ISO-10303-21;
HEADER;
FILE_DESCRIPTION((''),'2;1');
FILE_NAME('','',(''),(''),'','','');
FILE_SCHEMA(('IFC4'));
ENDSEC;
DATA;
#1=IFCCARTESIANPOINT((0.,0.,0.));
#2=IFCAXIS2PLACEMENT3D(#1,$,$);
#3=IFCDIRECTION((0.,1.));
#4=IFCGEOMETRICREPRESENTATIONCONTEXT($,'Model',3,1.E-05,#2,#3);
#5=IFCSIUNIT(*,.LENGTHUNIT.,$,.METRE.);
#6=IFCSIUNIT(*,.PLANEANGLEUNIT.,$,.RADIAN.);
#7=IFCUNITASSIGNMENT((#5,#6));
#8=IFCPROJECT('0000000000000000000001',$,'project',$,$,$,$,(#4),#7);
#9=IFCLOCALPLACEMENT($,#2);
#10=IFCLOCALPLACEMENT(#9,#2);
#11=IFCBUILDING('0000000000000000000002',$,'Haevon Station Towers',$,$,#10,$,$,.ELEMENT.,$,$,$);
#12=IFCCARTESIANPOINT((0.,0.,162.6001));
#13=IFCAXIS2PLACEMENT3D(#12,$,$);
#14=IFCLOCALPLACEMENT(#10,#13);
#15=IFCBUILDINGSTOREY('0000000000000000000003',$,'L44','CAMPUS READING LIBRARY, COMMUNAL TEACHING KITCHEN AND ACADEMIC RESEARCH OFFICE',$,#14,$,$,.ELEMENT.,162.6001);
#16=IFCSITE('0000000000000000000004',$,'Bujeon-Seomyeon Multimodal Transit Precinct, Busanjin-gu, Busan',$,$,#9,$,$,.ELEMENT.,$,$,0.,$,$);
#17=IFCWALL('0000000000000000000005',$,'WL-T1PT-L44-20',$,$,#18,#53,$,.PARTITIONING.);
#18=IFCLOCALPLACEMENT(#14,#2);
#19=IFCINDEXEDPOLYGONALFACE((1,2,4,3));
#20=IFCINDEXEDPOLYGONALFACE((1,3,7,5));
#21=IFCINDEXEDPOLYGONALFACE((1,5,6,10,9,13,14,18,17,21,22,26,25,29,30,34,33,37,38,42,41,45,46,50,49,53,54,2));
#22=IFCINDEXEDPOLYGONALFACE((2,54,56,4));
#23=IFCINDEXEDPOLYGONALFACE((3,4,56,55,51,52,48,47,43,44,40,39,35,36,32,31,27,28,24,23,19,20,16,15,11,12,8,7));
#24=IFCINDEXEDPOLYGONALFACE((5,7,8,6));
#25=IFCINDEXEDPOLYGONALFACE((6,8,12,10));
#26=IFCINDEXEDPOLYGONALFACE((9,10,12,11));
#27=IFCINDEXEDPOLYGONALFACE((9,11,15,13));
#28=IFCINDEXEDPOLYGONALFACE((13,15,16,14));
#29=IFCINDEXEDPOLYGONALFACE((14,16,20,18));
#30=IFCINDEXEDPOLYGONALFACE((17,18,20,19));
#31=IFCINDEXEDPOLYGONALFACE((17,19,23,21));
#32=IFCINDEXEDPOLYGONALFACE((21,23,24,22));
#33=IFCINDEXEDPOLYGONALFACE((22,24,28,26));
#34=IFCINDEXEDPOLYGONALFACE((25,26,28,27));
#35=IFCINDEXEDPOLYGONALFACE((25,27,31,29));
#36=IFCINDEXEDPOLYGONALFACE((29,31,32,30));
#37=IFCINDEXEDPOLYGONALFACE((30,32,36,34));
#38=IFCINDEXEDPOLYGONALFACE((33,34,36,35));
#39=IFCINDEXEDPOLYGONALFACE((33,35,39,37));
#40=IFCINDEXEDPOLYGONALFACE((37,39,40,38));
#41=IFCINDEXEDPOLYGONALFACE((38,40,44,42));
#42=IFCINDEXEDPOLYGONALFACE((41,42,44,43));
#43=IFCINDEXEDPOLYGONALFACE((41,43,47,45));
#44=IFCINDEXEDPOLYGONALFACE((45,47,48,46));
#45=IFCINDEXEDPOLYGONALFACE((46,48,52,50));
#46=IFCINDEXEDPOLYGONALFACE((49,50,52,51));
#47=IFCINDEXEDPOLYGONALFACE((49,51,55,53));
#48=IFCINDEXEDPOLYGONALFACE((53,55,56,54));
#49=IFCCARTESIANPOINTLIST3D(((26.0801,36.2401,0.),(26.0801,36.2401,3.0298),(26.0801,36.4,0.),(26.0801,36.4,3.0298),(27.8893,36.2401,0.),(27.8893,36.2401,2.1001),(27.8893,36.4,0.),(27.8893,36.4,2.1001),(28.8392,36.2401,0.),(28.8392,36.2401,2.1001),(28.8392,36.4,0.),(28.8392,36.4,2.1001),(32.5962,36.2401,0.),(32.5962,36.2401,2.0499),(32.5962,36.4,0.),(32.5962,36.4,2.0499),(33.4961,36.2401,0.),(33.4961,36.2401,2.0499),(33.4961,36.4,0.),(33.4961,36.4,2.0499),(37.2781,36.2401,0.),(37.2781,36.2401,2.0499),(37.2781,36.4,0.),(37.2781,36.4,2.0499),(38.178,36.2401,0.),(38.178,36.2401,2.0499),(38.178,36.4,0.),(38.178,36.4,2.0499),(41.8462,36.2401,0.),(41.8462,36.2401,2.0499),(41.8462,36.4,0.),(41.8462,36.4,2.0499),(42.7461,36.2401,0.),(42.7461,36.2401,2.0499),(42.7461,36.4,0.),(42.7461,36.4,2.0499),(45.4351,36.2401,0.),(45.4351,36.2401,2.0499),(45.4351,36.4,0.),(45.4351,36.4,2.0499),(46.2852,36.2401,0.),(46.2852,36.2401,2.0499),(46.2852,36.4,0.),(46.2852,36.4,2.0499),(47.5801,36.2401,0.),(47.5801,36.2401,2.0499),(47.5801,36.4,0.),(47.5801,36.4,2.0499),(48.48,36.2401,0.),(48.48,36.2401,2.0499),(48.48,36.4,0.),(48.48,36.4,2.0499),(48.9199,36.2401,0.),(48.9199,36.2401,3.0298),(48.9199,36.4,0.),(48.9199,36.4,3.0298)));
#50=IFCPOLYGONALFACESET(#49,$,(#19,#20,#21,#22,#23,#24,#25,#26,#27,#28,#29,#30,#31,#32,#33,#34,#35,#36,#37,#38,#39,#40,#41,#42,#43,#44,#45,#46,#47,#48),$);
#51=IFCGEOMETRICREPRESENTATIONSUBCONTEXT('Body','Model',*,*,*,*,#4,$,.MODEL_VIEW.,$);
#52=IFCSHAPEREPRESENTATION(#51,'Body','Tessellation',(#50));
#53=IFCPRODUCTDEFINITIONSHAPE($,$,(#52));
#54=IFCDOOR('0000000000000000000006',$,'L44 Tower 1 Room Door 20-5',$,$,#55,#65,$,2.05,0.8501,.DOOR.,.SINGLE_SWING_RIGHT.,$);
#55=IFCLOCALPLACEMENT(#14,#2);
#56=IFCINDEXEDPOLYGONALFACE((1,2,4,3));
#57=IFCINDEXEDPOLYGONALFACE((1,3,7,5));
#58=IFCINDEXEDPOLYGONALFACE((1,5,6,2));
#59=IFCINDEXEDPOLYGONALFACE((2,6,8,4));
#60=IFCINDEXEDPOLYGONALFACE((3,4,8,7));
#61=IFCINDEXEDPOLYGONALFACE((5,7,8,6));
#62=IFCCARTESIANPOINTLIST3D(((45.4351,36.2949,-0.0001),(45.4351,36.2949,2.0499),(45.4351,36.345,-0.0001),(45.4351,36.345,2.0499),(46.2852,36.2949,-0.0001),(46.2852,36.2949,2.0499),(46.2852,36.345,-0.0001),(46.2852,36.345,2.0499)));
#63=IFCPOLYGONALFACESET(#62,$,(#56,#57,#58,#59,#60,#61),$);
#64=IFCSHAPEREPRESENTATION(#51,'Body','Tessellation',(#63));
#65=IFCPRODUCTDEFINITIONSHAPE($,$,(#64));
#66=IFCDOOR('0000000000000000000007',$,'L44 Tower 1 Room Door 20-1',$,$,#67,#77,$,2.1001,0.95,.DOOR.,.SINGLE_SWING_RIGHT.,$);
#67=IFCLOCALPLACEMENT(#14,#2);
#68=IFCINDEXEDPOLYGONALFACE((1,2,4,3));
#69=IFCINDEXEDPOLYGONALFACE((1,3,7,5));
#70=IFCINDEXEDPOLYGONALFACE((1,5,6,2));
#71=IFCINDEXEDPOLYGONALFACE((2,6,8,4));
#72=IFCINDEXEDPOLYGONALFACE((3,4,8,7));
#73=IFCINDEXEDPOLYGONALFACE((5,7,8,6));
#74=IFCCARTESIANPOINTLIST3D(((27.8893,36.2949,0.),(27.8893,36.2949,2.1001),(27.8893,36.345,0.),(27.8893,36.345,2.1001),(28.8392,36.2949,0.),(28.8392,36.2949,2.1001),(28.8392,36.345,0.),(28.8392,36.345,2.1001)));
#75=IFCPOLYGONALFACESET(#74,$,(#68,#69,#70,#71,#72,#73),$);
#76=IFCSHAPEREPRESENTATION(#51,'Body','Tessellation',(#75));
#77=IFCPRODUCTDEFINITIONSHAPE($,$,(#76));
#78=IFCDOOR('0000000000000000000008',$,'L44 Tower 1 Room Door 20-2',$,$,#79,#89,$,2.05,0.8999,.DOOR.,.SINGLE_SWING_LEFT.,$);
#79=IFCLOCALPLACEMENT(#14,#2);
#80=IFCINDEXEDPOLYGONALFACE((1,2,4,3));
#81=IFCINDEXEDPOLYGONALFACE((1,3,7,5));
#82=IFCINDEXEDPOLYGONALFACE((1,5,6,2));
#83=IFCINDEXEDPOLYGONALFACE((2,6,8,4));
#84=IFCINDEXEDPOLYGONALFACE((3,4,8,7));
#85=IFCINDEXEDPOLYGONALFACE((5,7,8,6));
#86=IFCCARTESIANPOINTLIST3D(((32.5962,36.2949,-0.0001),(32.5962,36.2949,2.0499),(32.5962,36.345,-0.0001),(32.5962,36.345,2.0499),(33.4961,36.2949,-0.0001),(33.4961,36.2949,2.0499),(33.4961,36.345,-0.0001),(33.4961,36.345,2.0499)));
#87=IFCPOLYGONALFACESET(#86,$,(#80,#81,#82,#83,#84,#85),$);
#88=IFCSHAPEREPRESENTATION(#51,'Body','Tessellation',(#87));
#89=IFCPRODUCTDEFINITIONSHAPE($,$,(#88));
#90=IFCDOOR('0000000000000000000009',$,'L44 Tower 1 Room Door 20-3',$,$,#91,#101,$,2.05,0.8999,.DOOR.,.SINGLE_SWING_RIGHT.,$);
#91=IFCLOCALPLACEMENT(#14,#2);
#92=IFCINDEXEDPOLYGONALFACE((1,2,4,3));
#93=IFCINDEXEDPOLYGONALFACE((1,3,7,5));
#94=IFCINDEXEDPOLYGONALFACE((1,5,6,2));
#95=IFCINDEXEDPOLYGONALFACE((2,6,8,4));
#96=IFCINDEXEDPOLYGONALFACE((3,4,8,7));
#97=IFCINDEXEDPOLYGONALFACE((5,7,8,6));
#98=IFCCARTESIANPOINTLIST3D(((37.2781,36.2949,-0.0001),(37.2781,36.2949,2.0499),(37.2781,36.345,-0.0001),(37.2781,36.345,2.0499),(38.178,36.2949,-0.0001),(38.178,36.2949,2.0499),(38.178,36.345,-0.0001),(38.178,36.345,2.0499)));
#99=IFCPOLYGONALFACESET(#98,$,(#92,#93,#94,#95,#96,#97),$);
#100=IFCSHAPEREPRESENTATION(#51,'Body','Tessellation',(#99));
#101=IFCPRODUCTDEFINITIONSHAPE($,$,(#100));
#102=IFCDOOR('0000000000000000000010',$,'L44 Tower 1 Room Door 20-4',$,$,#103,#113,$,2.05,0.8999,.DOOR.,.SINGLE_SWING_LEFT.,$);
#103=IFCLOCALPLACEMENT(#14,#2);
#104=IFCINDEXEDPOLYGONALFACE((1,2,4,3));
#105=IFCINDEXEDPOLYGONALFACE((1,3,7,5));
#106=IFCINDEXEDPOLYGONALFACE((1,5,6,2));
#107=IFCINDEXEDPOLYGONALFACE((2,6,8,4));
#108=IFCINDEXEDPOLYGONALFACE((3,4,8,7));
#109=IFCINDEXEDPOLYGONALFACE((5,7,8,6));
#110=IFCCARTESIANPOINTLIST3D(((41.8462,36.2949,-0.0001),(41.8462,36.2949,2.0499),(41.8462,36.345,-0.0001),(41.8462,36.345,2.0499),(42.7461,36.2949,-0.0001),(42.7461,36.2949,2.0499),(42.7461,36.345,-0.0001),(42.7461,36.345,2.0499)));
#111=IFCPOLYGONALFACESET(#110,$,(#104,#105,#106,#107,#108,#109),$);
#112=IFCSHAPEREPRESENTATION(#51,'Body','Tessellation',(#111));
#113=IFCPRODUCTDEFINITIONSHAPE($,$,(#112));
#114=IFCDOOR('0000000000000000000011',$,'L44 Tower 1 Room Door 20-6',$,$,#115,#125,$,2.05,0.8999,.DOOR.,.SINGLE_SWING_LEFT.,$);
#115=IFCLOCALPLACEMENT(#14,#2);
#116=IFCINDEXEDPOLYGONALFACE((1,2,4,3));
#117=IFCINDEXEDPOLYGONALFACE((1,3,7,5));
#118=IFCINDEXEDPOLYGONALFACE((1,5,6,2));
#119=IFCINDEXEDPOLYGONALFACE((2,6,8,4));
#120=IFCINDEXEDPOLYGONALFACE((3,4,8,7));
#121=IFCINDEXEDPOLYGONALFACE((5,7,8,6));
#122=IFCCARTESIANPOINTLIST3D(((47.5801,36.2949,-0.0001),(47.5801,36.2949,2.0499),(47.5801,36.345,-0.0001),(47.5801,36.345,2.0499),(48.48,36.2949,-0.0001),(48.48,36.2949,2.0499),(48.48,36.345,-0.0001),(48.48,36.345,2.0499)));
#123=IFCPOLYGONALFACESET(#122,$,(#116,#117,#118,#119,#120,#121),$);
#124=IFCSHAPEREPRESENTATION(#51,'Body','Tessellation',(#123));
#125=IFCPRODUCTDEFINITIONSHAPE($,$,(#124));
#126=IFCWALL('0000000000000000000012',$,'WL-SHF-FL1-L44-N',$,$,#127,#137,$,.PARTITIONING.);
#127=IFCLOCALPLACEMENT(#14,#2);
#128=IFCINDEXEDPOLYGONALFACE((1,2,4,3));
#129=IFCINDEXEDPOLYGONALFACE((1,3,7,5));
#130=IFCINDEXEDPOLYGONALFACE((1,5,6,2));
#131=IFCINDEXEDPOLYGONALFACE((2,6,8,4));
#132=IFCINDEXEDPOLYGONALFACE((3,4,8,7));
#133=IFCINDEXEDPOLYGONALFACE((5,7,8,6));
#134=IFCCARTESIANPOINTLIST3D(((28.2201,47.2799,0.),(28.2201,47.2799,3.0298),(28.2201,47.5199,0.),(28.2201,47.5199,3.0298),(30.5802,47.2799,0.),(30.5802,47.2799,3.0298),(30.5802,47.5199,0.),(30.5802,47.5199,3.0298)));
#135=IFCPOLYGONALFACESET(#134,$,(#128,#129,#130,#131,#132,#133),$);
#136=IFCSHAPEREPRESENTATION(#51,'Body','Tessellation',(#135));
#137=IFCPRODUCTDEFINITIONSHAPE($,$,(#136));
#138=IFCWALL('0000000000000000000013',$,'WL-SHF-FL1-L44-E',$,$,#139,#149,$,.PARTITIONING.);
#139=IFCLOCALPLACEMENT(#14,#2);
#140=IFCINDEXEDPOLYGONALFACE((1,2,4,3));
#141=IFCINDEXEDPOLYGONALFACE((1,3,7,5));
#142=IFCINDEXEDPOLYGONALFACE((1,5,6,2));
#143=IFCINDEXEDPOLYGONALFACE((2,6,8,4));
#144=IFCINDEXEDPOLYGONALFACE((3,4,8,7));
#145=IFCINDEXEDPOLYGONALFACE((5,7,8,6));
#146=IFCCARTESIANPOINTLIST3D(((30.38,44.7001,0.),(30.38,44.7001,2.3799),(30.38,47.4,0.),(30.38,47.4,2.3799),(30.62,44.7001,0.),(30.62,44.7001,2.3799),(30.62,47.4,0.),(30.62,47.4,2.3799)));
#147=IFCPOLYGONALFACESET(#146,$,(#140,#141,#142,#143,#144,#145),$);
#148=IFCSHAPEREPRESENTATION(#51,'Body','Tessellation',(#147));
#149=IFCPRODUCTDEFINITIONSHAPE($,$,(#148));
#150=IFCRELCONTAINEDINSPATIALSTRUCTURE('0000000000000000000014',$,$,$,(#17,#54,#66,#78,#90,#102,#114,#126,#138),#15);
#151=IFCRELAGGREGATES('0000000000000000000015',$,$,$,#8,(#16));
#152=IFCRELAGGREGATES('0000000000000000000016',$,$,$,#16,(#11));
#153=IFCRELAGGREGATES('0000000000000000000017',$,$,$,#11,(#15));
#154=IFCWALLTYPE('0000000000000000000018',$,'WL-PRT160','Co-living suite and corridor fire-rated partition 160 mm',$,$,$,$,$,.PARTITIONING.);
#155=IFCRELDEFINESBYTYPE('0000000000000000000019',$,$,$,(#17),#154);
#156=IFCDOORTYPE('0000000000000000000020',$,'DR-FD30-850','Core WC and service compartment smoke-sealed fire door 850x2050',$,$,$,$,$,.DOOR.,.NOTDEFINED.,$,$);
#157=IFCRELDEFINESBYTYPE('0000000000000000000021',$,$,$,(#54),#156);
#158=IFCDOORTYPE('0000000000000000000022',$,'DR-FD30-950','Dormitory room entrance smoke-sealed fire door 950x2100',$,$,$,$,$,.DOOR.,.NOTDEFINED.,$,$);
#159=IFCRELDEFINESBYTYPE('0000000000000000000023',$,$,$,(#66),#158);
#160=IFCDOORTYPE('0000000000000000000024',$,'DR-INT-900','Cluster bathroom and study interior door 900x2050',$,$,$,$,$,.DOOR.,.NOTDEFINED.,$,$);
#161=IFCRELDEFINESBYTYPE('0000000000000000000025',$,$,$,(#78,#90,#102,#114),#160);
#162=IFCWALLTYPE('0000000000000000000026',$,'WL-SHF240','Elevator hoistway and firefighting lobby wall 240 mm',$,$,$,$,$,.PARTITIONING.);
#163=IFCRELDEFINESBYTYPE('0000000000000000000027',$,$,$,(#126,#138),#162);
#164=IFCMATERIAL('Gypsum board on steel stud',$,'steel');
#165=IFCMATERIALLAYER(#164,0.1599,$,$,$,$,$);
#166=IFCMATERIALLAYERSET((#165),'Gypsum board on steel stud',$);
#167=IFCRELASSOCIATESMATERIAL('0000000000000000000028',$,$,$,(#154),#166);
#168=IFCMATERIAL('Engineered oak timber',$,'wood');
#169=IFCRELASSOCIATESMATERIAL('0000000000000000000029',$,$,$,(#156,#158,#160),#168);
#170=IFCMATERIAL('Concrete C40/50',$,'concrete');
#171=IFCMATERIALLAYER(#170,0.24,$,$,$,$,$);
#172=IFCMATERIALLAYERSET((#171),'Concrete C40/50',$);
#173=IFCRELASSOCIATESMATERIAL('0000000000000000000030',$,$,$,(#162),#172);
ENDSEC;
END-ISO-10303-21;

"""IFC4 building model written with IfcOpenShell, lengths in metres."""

from ifc_helpers import new_model, si_unit, direction, frame, frame_2d, origin, place, context, subcontext, project, spatial, rectangle, extrude, material, layer, layer_set, type_object, element, fill, save


model = new_model("IFC4")

# Units and contexts
model_context = context("Model", 3, precision=1e-05, world=origin(), true_north=direction((0.0, 1.0)))
body_context = subcontext(model_context, "Body", "Model", "MODEL_VIEW")
ifc_project = project(units=[si_unit("LENGTHUNIT", "METRE"), si_unit("PLANEANGLEUNIT", "RADIAN")], contexts=[model_context])

# Site, building, storey
site_placement = place(None, origin())
site = spatial("IfcSite", under=ifc_project, at=site_placement, Name="Bujeon-Seomyeon Multimodal Transit Precinct, Busanjin-gu, Busan", CompositionType="ELEMENT", RefElevation=0.0)
building_placement = place(site_placement, origin())
building = spatial("IfcBuilding", under=site, at=building_placement, Name="Haevon Station Towers", CompositionType="ELEMENT")
storey_placement = place(building_placement, frame((0.0, 0.0, 162.6001)))
storey = spatial("IfcBuildingStorey", under=building, at=storey_placement, Name="L44", Description="CAMPUS READING LIBRARY, COMMUNAL TEACHING KITCHEN AND ACADEMIC RESEARCH OFFICE", CompositionType="ELEMENT", Elevation=162.6001)

# Shared definitions
ifc_material_1 = material(Name="Gypsum board on steel stud", Category="steel")
ifc_material_2 = material(Name="Engineered oak timber", Category="wood")

# Wall, openings, doors
ifc_layer_1 = layer(ifc_material_1, 0.1599)
ifc_layer_set_1 = layer_set([ifc_layer_1], Name="Gypsum board on steel stud")
wall_type_1 = type_object("IfcWallType", Name="WL-PRT160", Description="Co-living suite and corridor fire-rated partition 160 mm", PredefinedType="PARTITIONING", material=ifc_layer_set_1)
wall_1_placement = place(storey_placement, frame((26.0801, 36.3201, 0.0), z_axis=(0.0, 0.0, 1.0), x_axis=(1.0, 0.0, 0.0)))
wall_1 = element("IfcWall", 1, at=wall_1_placement, inside=storey, type_object=wall_type_1, Name="WL-T1PT-L44-20", PredefinedType="PARTITIONING", context=body_context, shape_type="SweptSolid", body=[
    extrude(rectangle(XDim=22.8398, YDim=0.1599, at=frame_2d((11.4199, 0.0))), origin(), (0.0, 0.0, 1.0), 3.0298),
])
opening_1_placement = place(wall_1_placement, frame((1.8091, 0.0, 0.0)))
opening_1 = element("IfcOpeningElement", 2, at=opening_1_placement, cuts=wall_1, PredefinedType="OPENING", context=body_context, shape_type="SweptSolid", body=[
    extrude(rectangle(XDim=0.95, YDim=2.1001, at=frame_2d((0.4751, 1.05))), frame((0.0, 0.0898, 0.0), z_axis=(0.0, -1.0, 0.0), x_axis=(1.0, 0.0, 0.0)), (0.0, 0.0, 1.0), 0.1799),
])
opening_2_placement = place(wall_1_placement, frame((6.5161, 0.0, 0.0)))
opening_2 = element("IfcOpeningElement", 3, at=opening_2_placement, cuts=wall_1, PredefinedType="OPENING", context=body_context, shape_type="SweptSolid", body=[
    extrude(rectangle(XDim=0.8999, YDim=2.05, at=frame_2d((0.45, 1.0249))), frame((0.0, 0.0898, 0.0), z_axis=(0.0, -1.0, 0.0), x_axis=(1.0, 0.0, 0.0)), (0.0, 0.0, 1.0), 0.1799),
])
opening_3_placement = place(wall_1_placement, frame((11.198, 0.0, 0.0)))
opening_3 = element("IfcOpeningElement", 4, at=opening_3_placement, cuts=wall_1, PredefinedType="OPENING", context=body_context, shape_type="SweptSolid", body=[
    extrude(rectangle(XDim=0.8999, YDim=2.05, at=frame_2d((0.45, 1.0249))), frame((0.0, 0.0898, 0.0), z_axis=(0.0, -1.0, 0.0), x_axis=(1.0, 0.0, 0.0)), (0.0, 0.0, 1.0), 0.1799),
])
opening_4_placement = place(wall_1_placement, frame((15.7661, 0.0, 0.0)))
opening_4 = element("IfcOpeningElement", 5, at=opening_4_placement, cuts=wall_1, PredefinedType="OPENING", context=body_context, shape_type="SweptSolid", body=[
    extrude(rectangle(XDim=0.8999, YDim=2.05, at=frame_2d((0.45, 1.0249))), frame((0.0, 0.0898, 0.0), z_axis=(0.0, -1.0, 0.0), x_axis=(1.0, 0.0, 0.0)), (0.0, 0.0, 1.0), 0.1799),
])
opening_5_placement = place(wall_1_placement, frame((19.355, 0.0, 0.0)))
opening_5 = element("IfcOpeningElement", 6, at=opening_5_placement, cuts=wall_1, PredefinedType="OPENING", context=body_context, shape_type="SweptSolid", body=[
    extrude(rectangle(XDim=0.8501, YDim=2.05, at=frame_2d((0.425, 1.0249))), frame((0.0, 0.0898, 0.0), z_axis=(0.0, -1.0, 0.0), x_axis=(1.0, 0.0, 0.0)), (0.0, 0.0, 1.0), 0.1799),
])
opening_6_placement = place(wall_1_placement, frame((21.5, 0.0, 0.0)))
opening_6 = element("IfcOpeningElement", 7, at=opening_6_placement, cuts=wall_1, PredefinedType="OPENING", context=body_context, shape_type="SweptSolid", body=[
    extrude(rectangle(XDim=0.8999, YDim=2.05, at=frame_2d((0.45, 1.0249))), frame((0.0, 0.0898, 0.0), z_axis=(0.0, -1.0, 0.0), x_axis=(1.0, 0.0, 0.0)), (0.0, 0.0, 1.0), 0.1799),
])
door_type_1 = type_object("IfcDoorType", Name="DR-FD30-850", Description="Core WC and service compartment smoke-sealed fire door 850x2050", OperationType="NOTDEFINED", PredefinedType="DOOR", material=ifc_material_2)
door_1_placement = place(opening_5_placement, origin())
door_1 = element("IfcDoor", 8, at=door_1_placement, inside=storey, type_object=door_type_1, Name="L44 Tower 1 Room Door 20-5", OperationType="SINGLE_SWING_RIGHT", OverallHeight=2.05, OverallWidth=0.8501, PredefinedType="DOOR", context=body_context, shape_type="SweptSolid", body=[
    extrude(rectangle(XDim=0.8501, YDim=2.05, at=frame_2d((0.425, 1.0249))), frame((0.0, 0.0249, 0.0), z_axis=(0.0, -1.0, 0.0), x_axis=(1.0, 0.0, 0.0)), (0.0, 0.0, 1.0), 0.05),
])
fill(opening_5, door_1)
door_type_2 = type_object("IfcDoorType", Name="DR-FD30-950", Description="Dormitory room entrance smoke-sealed fire door 950x2100", OperationType="NOTDEFINED", PredefinedType="DOOR", material=ifc_material_2)
door_2_placement = place(opening_1_placement, origin())
door_2 = element("IfcDoor", 9, at=door_2_placement, inside=storey, type_object=door_type_2, Name="L44 Tower 1 Room Door 20-1", OperationType="SINGLE_SWING_RIGHT", OverallHeight=2.1001, OverallWidth=0.95, PredefinedType="DOOR", context=body_context, shape_type="SweptSolid", body=[
    extrude(rectangle(XDim=0.95, YDim=2.1001, at=frame_2d((0.4751, 1.05))), frame((0.0, 0.0249, 0.0), z_axis=(0.0, -1.0, 0.0), x_axis=(1.0, 0.0, 0.0)), (0.0, 0.0, 1.0), 0.05),
])
fill(opening_1, door_2)
door_type_3 = type_object("IfcDoorType", Name="DR-INT-900", Description="Cluster bathroom and study interior door 900x2050", OperationType="NOTDEFINED", PredefinedType="DOOR", material=ifc_material_2)
door_3_placement = place(opening_2_placement, origin())
door_3 = element("IfcDoor", 10, at=door_3_placement, inside=storey, type_object=door_type_3, Name="L44 Tower 1 Room Door 20-2", OperationType="SINGLE_SWING_LEFT", OverallHeight=2.05, OverallWidth=0.8999, PredefinedType="DOOR", context=body_context, shape_type="SweptSolid", body=[
    extrude(rectangle(XDim=0.8999, YDim=2.05, at=frame_2d((0.45, 1.0249))), frame((0.0, 0.0249, 0.0), z_axis=(0.0, -1.0, 0.0), x_axis=(1.0, 0.0, 0.0)), (0.0, 0.0, 1.0), 0.05),
])
fill(opening_2, door_3)
door_4_placement = place(opening_3_placement, origin())
door_4 = element("IfcDoor", 11, at=door_4_placement, inside=storey, type_object=door_type_3, Name="L44 Tower 1 Room Door 20-3", OperationType="SINGLE_SWING_RIGHT", OverallHeight=2.05, OverallWidth=0.8999, PredefinedType="DOOR", context=body_context, shape_type="SweptSolid", body=[
    extrude(rectangle(XDim=0.8999, YDim=2.05, at=frame_2d((0.45, 1.0249))), frame((0.0, 0.0249, 0.0), z_axis=(0.0, -1.0, 0.0), x_axis=(1.0, 0.0, 0.0)), (0.0, 0.0, 1.0), 0.05),
])
fill(opening_3, door_4)
door_5_placement = place(opening_4_placement, origin())
door_5 = element("IfcDoor", 12, at=door_5_placement, inside=storey, type_object=door_type_3, Name="L44 Tower 1 Room Door 20-4", OperationType="SINGLE_SWING_LEFT", OverallHeight=2.05, OverallWidth=0.8999, PredefinedType="DOOR", context=body_context, shape_type="SweptSolid", body=[
    extrude(rectangle(XDim=0.8999, YDim=2.05, at=frame_2d((0.45, 1.0249))), frame((0.0, 0.0249, 0.0), z_axis=(0.0, -1.0, 0.0), x_axis=(1.0, 0.0, 0.0)), (0.0, 0.0, 1.0), 0.05),
])
fill(opening_4, door_5)
door_6_placement = place(opening_6_placement, origin())
door_6 = element("IfcDoor", 13, at=door_6_placement, inside=storey, type_object=door_type_3, Name="L44 Tower 1 Room Door 20-6", OperationType="SINGLE_SWING_LEFT", OverallHeight=2.05, OverallWidth=0.8999, PredefinedType="DOOR", context=body_context, shape_type="SweptSolid", body=[
    extrude(rectangle(XDim=0.8999, YDim=2.05, at=frame_2d((0.45, 1.0249))), frame((0.0, 0.0249, 0.0), z_axis=(0.0, -1.0, 0.0), x_axis=(1.0, 0.0, 0.0)), (0.0, 0.0, 1.0), 0.05),
])
fill(opening_6, door_6)

# Shared definitions
ifc_material_3 = material(Name="Concrete C40/50", Category="concrete")
ifc_layer_2 = layer(ifc_material_3, 0.24)
ifc_layer_set_2 = layer_set([ifc_layer_2], Name="Concrete C40/50")
wall_type_2 = type_object("IfcWallType", Name="WL-SHF240", Description="Elevator hoistway and firefighting lobby wall 240 mm", PredefinedType="PARTITIONING", material=ifc_layer_set_2)

# Walls
wall_2_placement = place(storey_placement, frame((28.22, 47.3999, 0.0), z_axis=(0.0, 0.0, 1.0), x_axis=(1.0, 0.0, 0.0)))
element("IfcWall", 14, at=wall_2_placement, inside=storey, type_object=wall_type_2, Name="WL-SHF-FL1-L44-N", PredefinedType="PARTITIONING", context=body_context, shape_type="SweptSolid", body=[
    extrude(rectangle(XDim=2.3601, YDim=0.24, at=frame_2d((1.1802, 0.0))), origin(), (0.0, 0.0, 1.0), 3.0298),
])
wall_3_placement = place(storey_placement, frame((30.5, 44.7, 0.0), z_axis=(0.0, 0.0, 1.0), x_axis=(0.0, 1.0, 0.0)))
element("IfcWall", 15, at=wall_3_placement, inside=storey, type_object=wall_type_2, Name="WL-SHF-FL1-L44-E", PredefinedType="PARTITIONING", context=body_context, shape_type="SweptSolid", body=[
    extrude(rectangle(XDim=2.7, YDim=0.24, at=frame_2d((1.3501, 0.0))), origin(), (0.0, 0.0, 1.0), 2.3799),
])

save(model, "model.ifc")
